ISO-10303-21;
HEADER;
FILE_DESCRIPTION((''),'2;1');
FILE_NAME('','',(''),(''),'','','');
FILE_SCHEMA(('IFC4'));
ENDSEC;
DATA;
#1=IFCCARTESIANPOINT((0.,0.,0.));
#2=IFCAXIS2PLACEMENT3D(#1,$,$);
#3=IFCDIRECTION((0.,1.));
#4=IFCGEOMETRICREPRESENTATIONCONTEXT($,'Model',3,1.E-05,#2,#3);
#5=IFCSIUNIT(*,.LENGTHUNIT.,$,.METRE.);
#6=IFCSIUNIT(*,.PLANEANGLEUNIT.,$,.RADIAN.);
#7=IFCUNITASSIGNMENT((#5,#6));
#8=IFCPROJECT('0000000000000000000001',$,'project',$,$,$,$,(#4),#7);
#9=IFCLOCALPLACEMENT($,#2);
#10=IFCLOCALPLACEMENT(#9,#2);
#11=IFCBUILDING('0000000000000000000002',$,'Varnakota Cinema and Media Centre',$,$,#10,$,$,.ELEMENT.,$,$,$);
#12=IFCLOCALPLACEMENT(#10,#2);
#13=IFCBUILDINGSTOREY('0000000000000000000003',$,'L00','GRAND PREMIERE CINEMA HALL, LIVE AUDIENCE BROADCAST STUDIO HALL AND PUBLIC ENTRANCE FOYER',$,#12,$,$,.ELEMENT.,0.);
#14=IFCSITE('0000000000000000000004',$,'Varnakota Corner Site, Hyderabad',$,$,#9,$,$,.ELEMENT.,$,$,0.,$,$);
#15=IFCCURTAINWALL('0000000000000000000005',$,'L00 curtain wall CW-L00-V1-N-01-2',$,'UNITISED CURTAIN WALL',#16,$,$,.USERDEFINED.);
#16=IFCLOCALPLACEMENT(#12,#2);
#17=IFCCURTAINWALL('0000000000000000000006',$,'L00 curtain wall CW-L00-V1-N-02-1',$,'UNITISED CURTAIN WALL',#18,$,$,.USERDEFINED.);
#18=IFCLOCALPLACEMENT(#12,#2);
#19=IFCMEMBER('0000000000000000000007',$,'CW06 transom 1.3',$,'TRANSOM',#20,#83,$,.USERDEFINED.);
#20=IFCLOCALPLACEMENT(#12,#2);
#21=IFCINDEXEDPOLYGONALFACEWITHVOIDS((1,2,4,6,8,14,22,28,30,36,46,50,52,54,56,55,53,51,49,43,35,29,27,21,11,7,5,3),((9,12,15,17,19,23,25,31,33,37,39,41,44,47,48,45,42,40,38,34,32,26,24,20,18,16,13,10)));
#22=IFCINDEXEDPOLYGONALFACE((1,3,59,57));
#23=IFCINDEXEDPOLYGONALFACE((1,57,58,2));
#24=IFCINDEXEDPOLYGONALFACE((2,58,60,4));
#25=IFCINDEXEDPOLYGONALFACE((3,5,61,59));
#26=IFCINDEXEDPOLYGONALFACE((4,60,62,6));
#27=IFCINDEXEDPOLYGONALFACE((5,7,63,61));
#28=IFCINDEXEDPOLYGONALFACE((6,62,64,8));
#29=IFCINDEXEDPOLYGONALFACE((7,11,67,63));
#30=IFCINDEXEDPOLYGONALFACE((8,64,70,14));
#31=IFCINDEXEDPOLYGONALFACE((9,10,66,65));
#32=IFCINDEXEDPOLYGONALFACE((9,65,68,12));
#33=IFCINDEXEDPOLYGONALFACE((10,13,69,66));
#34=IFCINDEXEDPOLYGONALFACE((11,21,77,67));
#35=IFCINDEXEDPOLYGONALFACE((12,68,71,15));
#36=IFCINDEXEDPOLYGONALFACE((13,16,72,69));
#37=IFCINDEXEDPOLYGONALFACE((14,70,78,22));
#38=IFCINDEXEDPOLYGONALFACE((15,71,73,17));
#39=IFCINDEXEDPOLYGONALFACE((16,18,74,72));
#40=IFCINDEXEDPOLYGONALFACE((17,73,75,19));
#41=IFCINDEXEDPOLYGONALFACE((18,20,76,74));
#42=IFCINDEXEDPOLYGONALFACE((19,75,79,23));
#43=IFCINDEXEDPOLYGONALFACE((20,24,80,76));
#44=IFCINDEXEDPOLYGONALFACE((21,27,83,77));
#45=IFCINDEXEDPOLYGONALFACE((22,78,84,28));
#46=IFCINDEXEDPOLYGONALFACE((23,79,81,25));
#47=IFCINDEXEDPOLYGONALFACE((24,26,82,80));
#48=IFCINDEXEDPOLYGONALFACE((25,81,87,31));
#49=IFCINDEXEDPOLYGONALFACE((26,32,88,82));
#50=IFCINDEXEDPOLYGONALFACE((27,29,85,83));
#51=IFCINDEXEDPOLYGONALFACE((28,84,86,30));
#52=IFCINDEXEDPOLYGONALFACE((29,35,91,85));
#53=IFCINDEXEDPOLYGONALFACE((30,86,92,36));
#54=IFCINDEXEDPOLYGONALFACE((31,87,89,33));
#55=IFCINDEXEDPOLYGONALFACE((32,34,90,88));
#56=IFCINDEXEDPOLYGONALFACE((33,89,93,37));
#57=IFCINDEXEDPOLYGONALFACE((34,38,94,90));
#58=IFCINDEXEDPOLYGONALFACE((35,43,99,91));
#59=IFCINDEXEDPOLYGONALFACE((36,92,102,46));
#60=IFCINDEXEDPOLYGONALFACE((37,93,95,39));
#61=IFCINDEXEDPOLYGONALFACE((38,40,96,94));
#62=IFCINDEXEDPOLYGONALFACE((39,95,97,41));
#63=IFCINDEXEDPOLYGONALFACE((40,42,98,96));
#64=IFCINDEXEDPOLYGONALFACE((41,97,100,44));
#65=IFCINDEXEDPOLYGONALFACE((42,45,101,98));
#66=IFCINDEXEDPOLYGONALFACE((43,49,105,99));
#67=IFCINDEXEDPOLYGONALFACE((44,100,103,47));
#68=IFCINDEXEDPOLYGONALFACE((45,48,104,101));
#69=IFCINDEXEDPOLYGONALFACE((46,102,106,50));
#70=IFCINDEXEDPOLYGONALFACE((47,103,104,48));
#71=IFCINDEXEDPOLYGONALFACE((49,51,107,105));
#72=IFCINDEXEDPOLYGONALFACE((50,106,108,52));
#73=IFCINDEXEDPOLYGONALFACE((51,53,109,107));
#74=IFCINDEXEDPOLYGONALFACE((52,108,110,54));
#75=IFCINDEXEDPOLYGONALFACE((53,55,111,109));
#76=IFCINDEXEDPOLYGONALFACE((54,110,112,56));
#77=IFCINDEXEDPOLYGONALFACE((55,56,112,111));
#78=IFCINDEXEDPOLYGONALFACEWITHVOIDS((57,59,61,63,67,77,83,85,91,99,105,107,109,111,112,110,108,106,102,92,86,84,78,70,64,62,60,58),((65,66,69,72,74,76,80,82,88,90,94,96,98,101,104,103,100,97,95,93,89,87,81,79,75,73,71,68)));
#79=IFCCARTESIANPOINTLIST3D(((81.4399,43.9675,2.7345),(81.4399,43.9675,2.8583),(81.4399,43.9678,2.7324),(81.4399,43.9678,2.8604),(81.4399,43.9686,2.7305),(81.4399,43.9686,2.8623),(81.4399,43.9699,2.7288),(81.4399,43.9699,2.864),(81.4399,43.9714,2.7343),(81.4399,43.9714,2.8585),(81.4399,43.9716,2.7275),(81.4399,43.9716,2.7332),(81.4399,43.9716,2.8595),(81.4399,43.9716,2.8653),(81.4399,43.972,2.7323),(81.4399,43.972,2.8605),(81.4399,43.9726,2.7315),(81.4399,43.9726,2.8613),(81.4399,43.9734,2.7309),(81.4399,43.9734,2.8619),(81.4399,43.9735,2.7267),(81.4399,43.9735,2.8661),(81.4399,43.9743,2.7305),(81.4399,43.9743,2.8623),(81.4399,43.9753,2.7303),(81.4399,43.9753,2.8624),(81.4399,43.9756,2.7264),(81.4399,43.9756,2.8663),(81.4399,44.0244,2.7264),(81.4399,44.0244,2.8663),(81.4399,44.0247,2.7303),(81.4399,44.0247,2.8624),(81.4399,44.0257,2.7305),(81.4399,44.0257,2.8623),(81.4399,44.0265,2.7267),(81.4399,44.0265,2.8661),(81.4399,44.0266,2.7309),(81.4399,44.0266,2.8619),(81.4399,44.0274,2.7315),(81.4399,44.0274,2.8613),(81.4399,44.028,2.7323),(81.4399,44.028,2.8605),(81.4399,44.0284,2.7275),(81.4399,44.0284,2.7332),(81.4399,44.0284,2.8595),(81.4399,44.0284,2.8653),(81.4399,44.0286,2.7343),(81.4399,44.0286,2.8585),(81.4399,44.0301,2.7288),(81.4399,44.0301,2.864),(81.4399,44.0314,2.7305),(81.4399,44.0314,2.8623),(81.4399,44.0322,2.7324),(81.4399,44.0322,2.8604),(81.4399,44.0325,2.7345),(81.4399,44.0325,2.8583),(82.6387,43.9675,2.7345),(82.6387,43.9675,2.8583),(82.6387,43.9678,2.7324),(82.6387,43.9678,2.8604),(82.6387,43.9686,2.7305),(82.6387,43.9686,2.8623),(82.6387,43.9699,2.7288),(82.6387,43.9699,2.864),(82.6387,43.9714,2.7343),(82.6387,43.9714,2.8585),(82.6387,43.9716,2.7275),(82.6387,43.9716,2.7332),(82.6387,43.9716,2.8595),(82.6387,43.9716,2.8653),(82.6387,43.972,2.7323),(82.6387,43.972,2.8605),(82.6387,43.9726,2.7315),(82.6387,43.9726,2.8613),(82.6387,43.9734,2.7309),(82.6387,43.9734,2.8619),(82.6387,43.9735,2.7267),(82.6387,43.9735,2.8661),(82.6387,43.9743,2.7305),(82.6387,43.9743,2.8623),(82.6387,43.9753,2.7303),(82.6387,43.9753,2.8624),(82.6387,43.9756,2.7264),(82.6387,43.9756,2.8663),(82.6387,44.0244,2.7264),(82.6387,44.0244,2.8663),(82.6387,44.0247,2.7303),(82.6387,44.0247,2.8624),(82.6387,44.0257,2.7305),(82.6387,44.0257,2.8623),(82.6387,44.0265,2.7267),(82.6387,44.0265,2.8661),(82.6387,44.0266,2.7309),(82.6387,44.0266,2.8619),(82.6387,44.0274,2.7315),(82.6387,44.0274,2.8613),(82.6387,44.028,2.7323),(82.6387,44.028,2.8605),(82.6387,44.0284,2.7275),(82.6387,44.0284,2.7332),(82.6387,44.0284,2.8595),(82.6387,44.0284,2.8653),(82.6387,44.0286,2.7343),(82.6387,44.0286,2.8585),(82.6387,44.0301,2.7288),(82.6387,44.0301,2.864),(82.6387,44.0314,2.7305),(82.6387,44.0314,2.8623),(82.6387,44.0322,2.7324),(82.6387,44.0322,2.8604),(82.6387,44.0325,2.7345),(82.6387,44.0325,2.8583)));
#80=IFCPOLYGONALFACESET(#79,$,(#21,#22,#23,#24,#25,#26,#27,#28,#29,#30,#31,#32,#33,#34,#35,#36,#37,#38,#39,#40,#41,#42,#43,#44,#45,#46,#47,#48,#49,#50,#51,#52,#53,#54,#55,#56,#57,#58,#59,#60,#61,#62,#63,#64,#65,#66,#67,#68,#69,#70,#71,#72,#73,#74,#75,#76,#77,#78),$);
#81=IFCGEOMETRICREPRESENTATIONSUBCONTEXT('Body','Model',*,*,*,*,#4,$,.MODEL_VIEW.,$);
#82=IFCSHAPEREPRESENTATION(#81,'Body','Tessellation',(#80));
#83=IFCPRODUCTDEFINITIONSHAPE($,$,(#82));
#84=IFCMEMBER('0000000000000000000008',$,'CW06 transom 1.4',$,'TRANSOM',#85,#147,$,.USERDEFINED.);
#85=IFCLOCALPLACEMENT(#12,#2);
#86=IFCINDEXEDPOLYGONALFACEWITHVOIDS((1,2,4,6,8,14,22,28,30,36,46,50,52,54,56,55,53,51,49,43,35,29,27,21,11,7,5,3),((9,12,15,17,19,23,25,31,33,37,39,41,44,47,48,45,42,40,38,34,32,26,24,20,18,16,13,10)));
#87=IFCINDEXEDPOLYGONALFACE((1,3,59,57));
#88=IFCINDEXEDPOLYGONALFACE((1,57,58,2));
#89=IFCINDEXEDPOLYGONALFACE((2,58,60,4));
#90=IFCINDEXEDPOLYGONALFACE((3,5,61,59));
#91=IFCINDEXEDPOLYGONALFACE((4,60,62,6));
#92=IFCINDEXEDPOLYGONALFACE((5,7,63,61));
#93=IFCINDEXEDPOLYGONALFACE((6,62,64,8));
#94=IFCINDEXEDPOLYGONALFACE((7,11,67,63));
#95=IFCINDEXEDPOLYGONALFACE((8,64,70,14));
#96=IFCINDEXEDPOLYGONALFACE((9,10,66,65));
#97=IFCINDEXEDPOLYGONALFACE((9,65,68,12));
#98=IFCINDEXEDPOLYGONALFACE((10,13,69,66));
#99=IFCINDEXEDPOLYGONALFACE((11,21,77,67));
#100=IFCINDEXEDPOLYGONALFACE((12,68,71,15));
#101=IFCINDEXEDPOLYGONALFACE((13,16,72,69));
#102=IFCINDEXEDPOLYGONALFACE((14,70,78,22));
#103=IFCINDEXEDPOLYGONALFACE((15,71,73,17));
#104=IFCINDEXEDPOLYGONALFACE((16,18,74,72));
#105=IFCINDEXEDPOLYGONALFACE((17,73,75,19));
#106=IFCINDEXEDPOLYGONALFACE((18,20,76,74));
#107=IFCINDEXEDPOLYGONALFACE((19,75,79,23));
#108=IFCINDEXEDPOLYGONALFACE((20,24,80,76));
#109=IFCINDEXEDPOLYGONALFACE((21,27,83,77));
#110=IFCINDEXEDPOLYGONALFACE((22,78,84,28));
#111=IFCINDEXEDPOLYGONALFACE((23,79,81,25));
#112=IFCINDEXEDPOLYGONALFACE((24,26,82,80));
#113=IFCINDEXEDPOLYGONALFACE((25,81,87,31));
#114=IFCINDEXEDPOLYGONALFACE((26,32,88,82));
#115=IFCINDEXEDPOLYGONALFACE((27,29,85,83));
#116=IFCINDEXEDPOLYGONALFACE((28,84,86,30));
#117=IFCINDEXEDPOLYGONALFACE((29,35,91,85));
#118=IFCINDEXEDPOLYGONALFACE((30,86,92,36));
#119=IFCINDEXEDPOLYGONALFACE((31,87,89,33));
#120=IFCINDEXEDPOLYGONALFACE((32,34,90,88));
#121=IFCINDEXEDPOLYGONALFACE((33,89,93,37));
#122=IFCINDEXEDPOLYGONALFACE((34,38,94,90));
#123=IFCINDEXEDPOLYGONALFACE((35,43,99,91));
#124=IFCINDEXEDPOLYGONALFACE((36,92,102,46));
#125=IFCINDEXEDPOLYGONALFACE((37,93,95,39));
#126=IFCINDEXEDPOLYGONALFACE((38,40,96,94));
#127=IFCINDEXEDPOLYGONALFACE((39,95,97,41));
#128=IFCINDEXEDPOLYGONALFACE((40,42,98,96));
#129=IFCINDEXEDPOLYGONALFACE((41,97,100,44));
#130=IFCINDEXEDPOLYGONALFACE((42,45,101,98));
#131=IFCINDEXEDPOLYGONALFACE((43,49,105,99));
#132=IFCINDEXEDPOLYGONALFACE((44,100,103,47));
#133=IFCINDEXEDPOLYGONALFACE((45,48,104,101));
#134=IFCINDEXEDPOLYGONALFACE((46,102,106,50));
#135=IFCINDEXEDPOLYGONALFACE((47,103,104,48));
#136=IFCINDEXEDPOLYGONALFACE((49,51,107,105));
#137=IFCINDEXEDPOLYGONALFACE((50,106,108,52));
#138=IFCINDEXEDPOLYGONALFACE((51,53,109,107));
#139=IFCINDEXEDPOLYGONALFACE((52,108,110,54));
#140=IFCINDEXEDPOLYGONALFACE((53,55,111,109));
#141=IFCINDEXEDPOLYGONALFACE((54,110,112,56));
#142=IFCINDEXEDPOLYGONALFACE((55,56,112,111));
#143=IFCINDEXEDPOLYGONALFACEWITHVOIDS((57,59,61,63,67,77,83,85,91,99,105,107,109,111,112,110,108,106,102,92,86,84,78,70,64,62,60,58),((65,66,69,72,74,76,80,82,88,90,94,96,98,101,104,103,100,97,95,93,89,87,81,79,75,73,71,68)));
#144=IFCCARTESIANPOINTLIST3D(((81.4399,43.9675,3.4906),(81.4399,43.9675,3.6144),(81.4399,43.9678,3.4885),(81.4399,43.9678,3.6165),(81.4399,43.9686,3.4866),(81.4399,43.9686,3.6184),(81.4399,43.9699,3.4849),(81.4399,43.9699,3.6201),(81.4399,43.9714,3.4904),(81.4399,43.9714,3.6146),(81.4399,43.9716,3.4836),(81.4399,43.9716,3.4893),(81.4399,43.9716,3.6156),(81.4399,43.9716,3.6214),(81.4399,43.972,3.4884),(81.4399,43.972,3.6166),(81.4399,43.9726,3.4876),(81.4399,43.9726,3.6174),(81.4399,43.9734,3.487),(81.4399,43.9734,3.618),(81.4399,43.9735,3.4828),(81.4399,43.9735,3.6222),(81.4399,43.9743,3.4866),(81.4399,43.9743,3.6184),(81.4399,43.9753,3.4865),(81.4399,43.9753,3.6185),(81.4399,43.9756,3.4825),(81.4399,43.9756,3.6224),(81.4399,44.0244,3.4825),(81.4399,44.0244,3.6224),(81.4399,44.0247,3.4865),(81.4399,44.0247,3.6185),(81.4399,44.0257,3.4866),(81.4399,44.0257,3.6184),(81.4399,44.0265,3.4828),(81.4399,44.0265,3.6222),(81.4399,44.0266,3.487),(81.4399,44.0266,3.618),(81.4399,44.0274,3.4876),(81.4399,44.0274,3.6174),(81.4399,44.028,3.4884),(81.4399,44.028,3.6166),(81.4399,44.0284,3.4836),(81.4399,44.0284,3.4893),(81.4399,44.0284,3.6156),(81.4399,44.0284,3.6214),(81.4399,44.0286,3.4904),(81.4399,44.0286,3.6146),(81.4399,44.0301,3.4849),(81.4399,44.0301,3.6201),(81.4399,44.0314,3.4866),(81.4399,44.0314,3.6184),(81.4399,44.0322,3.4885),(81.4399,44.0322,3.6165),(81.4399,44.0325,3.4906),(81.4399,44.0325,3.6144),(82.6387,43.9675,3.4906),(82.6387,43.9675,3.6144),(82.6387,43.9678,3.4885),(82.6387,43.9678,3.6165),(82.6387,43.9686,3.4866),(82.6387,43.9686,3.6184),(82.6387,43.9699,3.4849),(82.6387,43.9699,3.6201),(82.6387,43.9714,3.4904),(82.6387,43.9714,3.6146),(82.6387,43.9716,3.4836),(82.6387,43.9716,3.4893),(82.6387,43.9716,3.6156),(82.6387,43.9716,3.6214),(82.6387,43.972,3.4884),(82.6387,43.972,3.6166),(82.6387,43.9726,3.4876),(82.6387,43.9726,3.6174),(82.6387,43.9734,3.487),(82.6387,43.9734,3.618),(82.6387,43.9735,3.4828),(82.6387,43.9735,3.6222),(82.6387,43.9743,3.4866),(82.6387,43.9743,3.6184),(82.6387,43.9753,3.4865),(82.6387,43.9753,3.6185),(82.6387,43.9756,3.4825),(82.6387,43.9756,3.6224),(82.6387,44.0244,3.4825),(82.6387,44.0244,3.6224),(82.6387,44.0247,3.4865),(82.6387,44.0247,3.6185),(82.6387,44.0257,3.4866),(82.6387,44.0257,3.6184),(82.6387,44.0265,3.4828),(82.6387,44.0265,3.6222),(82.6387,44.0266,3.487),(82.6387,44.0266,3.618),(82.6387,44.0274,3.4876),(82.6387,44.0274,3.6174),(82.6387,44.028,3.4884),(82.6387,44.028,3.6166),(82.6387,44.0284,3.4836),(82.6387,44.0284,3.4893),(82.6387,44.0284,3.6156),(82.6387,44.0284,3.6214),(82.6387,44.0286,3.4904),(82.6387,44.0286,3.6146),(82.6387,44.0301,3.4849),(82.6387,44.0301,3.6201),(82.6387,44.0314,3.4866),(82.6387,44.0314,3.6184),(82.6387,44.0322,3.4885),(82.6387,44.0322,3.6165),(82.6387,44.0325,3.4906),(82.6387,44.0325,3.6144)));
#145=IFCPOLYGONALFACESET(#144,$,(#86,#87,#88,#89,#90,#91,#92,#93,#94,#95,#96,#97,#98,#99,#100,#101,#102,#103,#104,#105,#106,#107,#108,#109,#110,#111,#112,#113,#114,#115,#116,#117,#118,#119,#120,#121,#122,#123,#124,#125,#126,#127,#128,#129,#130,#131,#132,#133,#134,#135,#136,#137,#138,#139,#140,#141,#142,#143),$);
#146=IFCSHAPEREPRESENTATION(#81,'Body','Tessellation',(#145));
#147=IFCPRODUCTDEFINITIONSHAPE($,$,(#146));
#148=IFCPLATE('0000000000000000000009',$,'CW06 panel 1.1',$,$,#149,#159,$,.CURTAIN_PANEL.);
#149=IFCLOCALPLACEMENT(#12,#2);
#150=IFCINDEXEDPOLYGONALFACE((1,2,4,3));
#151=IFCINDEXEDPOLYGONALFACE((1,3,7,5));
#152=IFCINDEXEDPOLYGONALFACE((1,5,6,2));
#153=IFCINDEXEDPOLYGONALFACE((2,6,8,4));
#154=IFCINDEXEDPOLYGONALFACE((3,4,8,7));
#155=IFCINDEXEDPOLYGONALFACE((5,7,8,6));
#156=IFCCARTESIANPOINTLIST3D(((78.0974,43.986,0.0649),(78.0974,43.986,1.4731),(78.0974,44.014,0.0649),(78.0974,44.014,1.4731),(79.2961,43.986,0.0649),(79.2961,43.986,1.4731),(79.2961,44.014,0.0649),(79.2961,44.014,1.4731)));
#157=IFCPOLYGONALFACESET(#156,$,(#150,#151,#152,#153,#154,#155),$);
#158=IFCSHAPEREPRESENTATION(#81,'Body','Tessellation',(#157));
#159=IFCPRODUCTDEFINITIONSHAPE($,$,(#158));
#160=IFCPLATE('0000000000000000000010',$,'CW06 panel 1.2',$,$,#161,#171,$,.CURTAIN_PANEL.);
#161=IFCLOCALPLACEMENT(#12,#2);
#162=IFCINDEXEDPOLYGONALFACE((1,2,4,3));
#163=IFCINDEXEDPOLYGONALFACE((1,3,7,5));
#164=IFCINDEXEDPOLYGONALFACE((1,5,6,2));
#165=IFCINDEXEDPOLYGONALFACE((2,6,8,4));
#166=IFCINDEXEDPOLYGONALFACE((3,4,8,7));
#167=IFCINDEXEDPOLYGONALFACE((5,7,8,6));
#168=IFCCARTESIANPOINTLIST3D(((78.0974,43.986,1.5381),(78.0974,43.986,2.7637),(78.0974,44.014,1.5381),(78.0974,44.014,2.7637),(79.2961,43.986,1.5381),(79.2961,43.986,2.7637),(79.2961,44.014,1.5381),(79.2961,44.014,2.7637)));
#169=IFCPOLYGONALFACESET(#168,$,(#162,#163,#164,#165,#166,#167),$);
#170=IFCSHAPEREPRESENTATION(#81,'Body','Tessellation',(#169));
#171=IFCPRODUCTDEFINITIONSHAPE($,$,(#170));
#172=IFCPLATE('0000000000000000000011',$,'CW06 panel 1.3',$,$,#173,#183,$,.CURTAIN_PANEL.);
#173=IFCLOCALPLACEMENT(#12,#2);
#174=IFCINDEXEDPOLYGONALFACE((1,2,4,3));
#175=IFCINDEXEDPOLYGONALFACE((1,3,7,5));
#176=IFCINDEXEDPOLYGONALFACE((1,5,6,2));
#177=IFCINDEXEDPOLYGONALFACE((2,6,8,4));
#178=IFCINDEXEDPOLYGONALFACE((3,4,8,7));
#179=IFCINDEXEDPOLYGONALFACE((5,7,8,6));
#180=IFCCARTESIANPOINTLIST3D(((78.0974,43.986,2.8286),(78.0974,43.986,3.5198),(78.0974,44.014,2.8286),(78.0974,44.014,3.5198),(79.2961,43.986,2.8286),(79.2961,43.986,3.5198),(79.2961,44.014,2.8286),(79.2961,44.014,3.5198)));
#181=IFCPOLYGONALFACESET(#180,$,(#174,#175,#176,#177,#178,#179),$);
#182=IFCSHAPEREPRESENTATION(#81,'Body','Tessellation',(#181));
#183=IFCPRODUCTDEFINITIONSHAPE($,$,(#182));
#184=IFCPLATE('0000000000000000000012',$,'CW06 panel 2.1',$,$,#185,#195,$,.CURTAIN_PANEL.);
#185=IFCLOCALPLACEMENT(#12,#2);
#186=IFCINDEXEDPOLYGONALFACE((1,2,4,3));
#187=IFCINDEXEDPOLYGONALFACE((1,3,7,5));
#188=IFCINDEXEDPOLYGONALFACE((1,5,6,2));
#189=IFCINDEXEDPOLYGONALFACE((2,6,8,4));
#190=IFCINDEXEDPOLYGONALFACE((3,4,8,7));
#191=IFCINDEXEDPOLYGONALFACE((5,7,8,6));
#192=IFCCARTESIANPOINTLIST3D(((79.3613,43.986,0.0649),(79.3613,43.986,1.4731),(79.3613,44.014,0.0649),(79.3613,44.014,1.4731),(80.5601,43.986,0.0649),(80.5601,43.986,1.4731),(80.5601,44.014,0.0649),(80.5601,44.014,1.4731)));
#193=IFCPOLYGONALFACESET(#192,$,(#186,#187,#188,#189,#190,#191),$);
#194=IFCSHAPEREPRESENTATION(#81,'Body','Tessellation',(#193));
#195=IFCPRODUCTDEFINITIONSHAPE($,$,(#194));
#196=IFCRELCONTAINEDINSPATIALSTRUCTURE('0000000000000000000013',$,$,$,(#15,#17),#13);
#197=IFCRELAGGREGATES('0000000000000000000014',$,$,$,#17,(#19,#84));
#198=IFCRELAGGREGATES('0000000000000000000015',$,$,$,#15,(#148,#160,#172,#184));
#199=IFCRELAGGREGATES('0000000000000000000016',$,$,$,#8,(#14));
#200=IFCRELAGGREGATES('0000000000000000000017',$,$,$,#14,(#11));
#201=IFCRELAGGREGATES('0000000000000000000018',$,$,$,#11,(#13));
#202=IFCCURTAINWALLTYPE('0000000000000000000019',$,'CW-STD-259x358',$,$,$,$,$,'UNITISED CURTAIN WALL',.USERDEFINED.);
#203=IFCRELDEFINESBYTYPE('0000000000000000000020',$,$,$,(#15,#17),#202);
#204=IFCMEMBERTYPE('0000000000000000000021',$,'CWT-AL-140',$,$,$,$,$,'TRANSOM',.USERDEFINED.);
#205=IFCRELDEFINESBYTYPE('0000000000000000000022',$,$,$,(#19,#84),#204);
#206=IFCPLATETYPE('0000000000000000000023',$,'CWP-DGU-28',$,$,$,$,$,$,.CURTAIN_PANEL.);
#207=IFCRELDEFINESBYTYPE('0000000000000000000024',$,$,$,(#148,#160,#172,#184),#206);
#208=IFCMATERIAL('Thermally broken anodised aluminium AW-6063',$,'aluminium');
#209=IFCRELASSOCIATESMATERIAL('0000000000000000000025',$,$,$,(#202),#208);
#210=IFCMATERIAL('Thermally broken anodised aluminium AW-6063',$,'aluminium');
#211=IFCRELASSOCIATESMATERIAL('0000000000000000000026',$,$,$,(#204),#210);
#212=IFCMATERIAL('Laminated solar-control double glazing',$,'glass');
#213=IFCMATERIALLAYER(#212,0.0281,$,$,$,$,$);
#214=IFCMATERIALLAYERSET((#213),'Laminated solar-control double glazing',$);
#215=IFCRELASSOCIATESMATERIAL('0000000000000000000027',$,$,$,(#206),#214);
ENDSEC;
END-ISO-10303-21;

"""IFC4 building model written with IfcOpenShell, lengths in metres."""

from ifc_helpers import new_model, si_unit, direction, frame, origin, origin_2d, place, context, subcontext, project, spatial, rectangle, hollow_rectangle, extrude, material, layer, layer_set, material_profile, profile_set, type_object, element, aggregate, save


model = new_model("IFC4")

# Units and contexts
model_context = context("Model", 3, precision=1e-05, world=origin(), true_north=direction((0.0, 1.0)))
body_context = subcontext(model_context, "Body", "Model", "MODEL_VIEW")
ifc_project = project(units=[si_unit("LENGTHUNIT", "METRE"), si_unit("PLANEANGLEUNIT", "RADIAN")], contexts=[model_context])

# Site, building, storey
site_placement = place(None, origin())
site = spatial("IfcSite", under=ifc_project, at=site_placement, Name="Varnakota Corner Site, Hyderabad", CompositionType="ELEMENT", RefElevation=0.0)
building_placement = place(site_placement, origin())
building = spatial("IfcBuilding", under=site, at=building_placement, Name="Varnakota Cinema and Media Centre", CompositionType="ELEMENT")
storey_placement = place(building_placement, origin())
storey = spatial("IfcBuildingStorey", under=building, at=storey_placement, Name="L00", Description="GRAND PREMIERE CINEMA HALL, LIVE AUDIENCE BROADCAST STUDIO HALL AND PUBLIC ENTRANCE FOYER", CompositionType="ELEMENT", Elevation=0.0)

# Curtain wall
ifc_material_1 = material(Name="Thermally broken anodised aluminium AW-6063", Category="aluminium")
curtain_wall_type = type_object("IfcCurtainWallType", Name="CW-STD-259x358", ElementType="UNITISED CURTAIN WALL", PredefinedType="USERDEFINED", material=ifc_material_1)
curtain_wall_1_placement = place(storey_placement, origin())
curtain_wall_1 = element("IfcCurtainWall", 1, at=curtain_wall_1_placement, inside=storey, type_object=curtain_wall_type, Name="L00 curtain wall CW-L00-V1-N-01-2", ObjectType="UNITISED CURTAIN WALL", PredefinedType="USERDEFINED")

# Curtain wall
curtain_wall_2_placement = place(storey_placement, origin())
curtain_wall_2 = element("IfcCurtainWall", 2, at=curtain_wall_2_placement, inside=storey, type_object=curtain_wall_type, Name="L00 curtain wall CW-L00-V1-N-02-1", ObjectType="UNITISED CURTAIN WALL", PredefinedType="USERDEFINED")

# Members
ifc_material_2 = material(Name="Thermally broken anodised aluminium AW-6063", Category="aluminium")
ifc_material_profile_1 = material_profile(ifc_material_2, hollow_rectangle(XDim=0.0649, YDim=0.1399, WallThickness=0.0039, InnerFilletRadius=0.0039, OuterFilletRadius=0.0081, at=origin_2d()), Name="AL-TRANSOM 140x65x4")
ifc_profile_set_1 = profile_set([ifc_material_profile_1], Name="Thermally broken anodised aluminium AW-6063")
member_type_1 = type_object("IfcMemberType", Name="CWT-AL-140", ElementType="TRANSOM", PredefinedType="USERDEFINED", material=ifc_profile_set_1)
member_1_placement = place(storey_placement, frame((81.4399, 44.0, 2.7964), z_axis=(1.0, 0.0, 0.0), x_axis=(0.0, 1.0, 0.0)))
member_1 = element("IfcMember", 3, at=member_1_placement, type_object=member_type_1, Name="CW06 transom 1.3", ObjectType="TRANSOM", PredefinedType="USERDEFINED", context=body_context, shape_type="SweptSolid", body=[
    extrude(hollow_rectangle(XDim=0.0649, YDim=0.1399, WallThickness=0.0039, InnerFilletRadius=0.0039, OuterFilletRadius=0.0081, at=origin_2d()), origin(), (0.0, 0.0, 1.0), 1.1987),
])
member_2_placement = place(storey_placement, frame((81.4399, 44.0, 3.5525), z_axis=(1.0, 0.0, 0.0), x_axis=(0.0, 1.0, 0.0)))
member_2 = element("IfcMember", 4, at=member_2_placement, type_object=member_type_1, Name="CW06 transom 1.4", ObjectType="TRANSOM", PredefinedType="USERDEFINED", context=body_context, shape_type="SweptSolid", body=[
    extrude(hollow_rectangle(XDim=0.0649, YDim=0.1399, WallThickness=0.0039, InnerFilletRadius=0.0039, OuterFilletRadius=0.0081, at=origin_2d()), origin(), (0.0, 0.0, 1.0), 1.1987),
])
aggregate(curtain_wall_2, [member_1, member_2])

# Plates
ifc_material_3 = material(Name="Laminated solar-control double glazing", Category="glass")
ifc_layer_1 = layer(ifc_material_3, 0.0281)
ifc_layer_set_1 = layer_set([ifc_layer_1], Name="Laminated solar-control double glazing")
plate_type = type_object("IfcPlateType", Name="CWP-DGU-28", PredefinedType="CURTAIN_PANEL", material=ifc_layer_set_1)
plate_1_placement = place(storey_placement, frame((78.6968, 44.0, 0.0649), z_axis=(0.0, 0.0, 1.0), x_axis=(1.0, 0.0, 0.0)))
plate_1 = element("IfcPlate", 5, at=plate_1_placement, type_object=plate_type, Name="CW06 panel 1.1", PredefinedType="CURTAIN_PANEL", context=body_context, shape_type="SweptSolid", body=[
    extrude(rectangle(XDim=1.1987, YDim=0.0281, at=origin_2d()), origin(), (0.0, 0.0, 1.0), 1.4082),
])
plate_2_placement = place(storey_placement, frame((78.6968, 44.0, 1.5381), z_axis=(0.0, 0.0, 1.0), x_axis=(1.0, 0.0, 0.0)))
plate_2 = element("IfcPlate", 6, at=plate_2_placement, type_object=plate_type, Name="CW06 panel 1.2", PredefinedType="CURTAIN_PANEL", context=body_context, shape_type="SweptSolid", body=[
    extrude(rectangle(XDim=1.1987, YDim=0.0281, at=origin_2d()), origin(), (0.0, 0.0, 1.0), 1.2256),
])
plate_3_placement = place(storey_placement, frame((78.6968, 44.0, 2.8286), z_axis=(0.0, 0.0, 1.0), x_axis=(1.0, 0.0, 0.0)))
plate_3 = element("IfcPlate", 7, at=plate_3_placement, type_object=plate_type, Name="CW06 panel 1.3", PredefinedType="CURTAIN_PANEL", context=body_context, shape_type="SweptSolid", body=[
    extrude(rectangle(XDim=1.1987, YDim=0.0281, at=origin_2d()), origin(), (0.0, 0.0, 1.0), 0.6912),
])
plate_4_placement = place(storey_placement, frame((79.9607, 44.0, 0.0649), z_axis=(0.0, 0.0, 1.0), x_axis=(1.0, 0.0, 0.0)))
plate_4 = element("IfcPlate", 8, at=plate_4_placement, type_object=plate_type, Name="CW06 panel 2.1", PredefinedType="CURTAIN_PANEL", context=body_context, shape_type="SweptSolid", body=[
    extrude(rectangle(XDim=1.1987, YDim=0.0281, at=origin_2d()), origin(), (0.0, 0.0, 1.0), 1.4082),
])
aggregate(curtain_wall_1, [plate_1, plate_2, plate_3, plate_4])

save(model, "model.ifc")
